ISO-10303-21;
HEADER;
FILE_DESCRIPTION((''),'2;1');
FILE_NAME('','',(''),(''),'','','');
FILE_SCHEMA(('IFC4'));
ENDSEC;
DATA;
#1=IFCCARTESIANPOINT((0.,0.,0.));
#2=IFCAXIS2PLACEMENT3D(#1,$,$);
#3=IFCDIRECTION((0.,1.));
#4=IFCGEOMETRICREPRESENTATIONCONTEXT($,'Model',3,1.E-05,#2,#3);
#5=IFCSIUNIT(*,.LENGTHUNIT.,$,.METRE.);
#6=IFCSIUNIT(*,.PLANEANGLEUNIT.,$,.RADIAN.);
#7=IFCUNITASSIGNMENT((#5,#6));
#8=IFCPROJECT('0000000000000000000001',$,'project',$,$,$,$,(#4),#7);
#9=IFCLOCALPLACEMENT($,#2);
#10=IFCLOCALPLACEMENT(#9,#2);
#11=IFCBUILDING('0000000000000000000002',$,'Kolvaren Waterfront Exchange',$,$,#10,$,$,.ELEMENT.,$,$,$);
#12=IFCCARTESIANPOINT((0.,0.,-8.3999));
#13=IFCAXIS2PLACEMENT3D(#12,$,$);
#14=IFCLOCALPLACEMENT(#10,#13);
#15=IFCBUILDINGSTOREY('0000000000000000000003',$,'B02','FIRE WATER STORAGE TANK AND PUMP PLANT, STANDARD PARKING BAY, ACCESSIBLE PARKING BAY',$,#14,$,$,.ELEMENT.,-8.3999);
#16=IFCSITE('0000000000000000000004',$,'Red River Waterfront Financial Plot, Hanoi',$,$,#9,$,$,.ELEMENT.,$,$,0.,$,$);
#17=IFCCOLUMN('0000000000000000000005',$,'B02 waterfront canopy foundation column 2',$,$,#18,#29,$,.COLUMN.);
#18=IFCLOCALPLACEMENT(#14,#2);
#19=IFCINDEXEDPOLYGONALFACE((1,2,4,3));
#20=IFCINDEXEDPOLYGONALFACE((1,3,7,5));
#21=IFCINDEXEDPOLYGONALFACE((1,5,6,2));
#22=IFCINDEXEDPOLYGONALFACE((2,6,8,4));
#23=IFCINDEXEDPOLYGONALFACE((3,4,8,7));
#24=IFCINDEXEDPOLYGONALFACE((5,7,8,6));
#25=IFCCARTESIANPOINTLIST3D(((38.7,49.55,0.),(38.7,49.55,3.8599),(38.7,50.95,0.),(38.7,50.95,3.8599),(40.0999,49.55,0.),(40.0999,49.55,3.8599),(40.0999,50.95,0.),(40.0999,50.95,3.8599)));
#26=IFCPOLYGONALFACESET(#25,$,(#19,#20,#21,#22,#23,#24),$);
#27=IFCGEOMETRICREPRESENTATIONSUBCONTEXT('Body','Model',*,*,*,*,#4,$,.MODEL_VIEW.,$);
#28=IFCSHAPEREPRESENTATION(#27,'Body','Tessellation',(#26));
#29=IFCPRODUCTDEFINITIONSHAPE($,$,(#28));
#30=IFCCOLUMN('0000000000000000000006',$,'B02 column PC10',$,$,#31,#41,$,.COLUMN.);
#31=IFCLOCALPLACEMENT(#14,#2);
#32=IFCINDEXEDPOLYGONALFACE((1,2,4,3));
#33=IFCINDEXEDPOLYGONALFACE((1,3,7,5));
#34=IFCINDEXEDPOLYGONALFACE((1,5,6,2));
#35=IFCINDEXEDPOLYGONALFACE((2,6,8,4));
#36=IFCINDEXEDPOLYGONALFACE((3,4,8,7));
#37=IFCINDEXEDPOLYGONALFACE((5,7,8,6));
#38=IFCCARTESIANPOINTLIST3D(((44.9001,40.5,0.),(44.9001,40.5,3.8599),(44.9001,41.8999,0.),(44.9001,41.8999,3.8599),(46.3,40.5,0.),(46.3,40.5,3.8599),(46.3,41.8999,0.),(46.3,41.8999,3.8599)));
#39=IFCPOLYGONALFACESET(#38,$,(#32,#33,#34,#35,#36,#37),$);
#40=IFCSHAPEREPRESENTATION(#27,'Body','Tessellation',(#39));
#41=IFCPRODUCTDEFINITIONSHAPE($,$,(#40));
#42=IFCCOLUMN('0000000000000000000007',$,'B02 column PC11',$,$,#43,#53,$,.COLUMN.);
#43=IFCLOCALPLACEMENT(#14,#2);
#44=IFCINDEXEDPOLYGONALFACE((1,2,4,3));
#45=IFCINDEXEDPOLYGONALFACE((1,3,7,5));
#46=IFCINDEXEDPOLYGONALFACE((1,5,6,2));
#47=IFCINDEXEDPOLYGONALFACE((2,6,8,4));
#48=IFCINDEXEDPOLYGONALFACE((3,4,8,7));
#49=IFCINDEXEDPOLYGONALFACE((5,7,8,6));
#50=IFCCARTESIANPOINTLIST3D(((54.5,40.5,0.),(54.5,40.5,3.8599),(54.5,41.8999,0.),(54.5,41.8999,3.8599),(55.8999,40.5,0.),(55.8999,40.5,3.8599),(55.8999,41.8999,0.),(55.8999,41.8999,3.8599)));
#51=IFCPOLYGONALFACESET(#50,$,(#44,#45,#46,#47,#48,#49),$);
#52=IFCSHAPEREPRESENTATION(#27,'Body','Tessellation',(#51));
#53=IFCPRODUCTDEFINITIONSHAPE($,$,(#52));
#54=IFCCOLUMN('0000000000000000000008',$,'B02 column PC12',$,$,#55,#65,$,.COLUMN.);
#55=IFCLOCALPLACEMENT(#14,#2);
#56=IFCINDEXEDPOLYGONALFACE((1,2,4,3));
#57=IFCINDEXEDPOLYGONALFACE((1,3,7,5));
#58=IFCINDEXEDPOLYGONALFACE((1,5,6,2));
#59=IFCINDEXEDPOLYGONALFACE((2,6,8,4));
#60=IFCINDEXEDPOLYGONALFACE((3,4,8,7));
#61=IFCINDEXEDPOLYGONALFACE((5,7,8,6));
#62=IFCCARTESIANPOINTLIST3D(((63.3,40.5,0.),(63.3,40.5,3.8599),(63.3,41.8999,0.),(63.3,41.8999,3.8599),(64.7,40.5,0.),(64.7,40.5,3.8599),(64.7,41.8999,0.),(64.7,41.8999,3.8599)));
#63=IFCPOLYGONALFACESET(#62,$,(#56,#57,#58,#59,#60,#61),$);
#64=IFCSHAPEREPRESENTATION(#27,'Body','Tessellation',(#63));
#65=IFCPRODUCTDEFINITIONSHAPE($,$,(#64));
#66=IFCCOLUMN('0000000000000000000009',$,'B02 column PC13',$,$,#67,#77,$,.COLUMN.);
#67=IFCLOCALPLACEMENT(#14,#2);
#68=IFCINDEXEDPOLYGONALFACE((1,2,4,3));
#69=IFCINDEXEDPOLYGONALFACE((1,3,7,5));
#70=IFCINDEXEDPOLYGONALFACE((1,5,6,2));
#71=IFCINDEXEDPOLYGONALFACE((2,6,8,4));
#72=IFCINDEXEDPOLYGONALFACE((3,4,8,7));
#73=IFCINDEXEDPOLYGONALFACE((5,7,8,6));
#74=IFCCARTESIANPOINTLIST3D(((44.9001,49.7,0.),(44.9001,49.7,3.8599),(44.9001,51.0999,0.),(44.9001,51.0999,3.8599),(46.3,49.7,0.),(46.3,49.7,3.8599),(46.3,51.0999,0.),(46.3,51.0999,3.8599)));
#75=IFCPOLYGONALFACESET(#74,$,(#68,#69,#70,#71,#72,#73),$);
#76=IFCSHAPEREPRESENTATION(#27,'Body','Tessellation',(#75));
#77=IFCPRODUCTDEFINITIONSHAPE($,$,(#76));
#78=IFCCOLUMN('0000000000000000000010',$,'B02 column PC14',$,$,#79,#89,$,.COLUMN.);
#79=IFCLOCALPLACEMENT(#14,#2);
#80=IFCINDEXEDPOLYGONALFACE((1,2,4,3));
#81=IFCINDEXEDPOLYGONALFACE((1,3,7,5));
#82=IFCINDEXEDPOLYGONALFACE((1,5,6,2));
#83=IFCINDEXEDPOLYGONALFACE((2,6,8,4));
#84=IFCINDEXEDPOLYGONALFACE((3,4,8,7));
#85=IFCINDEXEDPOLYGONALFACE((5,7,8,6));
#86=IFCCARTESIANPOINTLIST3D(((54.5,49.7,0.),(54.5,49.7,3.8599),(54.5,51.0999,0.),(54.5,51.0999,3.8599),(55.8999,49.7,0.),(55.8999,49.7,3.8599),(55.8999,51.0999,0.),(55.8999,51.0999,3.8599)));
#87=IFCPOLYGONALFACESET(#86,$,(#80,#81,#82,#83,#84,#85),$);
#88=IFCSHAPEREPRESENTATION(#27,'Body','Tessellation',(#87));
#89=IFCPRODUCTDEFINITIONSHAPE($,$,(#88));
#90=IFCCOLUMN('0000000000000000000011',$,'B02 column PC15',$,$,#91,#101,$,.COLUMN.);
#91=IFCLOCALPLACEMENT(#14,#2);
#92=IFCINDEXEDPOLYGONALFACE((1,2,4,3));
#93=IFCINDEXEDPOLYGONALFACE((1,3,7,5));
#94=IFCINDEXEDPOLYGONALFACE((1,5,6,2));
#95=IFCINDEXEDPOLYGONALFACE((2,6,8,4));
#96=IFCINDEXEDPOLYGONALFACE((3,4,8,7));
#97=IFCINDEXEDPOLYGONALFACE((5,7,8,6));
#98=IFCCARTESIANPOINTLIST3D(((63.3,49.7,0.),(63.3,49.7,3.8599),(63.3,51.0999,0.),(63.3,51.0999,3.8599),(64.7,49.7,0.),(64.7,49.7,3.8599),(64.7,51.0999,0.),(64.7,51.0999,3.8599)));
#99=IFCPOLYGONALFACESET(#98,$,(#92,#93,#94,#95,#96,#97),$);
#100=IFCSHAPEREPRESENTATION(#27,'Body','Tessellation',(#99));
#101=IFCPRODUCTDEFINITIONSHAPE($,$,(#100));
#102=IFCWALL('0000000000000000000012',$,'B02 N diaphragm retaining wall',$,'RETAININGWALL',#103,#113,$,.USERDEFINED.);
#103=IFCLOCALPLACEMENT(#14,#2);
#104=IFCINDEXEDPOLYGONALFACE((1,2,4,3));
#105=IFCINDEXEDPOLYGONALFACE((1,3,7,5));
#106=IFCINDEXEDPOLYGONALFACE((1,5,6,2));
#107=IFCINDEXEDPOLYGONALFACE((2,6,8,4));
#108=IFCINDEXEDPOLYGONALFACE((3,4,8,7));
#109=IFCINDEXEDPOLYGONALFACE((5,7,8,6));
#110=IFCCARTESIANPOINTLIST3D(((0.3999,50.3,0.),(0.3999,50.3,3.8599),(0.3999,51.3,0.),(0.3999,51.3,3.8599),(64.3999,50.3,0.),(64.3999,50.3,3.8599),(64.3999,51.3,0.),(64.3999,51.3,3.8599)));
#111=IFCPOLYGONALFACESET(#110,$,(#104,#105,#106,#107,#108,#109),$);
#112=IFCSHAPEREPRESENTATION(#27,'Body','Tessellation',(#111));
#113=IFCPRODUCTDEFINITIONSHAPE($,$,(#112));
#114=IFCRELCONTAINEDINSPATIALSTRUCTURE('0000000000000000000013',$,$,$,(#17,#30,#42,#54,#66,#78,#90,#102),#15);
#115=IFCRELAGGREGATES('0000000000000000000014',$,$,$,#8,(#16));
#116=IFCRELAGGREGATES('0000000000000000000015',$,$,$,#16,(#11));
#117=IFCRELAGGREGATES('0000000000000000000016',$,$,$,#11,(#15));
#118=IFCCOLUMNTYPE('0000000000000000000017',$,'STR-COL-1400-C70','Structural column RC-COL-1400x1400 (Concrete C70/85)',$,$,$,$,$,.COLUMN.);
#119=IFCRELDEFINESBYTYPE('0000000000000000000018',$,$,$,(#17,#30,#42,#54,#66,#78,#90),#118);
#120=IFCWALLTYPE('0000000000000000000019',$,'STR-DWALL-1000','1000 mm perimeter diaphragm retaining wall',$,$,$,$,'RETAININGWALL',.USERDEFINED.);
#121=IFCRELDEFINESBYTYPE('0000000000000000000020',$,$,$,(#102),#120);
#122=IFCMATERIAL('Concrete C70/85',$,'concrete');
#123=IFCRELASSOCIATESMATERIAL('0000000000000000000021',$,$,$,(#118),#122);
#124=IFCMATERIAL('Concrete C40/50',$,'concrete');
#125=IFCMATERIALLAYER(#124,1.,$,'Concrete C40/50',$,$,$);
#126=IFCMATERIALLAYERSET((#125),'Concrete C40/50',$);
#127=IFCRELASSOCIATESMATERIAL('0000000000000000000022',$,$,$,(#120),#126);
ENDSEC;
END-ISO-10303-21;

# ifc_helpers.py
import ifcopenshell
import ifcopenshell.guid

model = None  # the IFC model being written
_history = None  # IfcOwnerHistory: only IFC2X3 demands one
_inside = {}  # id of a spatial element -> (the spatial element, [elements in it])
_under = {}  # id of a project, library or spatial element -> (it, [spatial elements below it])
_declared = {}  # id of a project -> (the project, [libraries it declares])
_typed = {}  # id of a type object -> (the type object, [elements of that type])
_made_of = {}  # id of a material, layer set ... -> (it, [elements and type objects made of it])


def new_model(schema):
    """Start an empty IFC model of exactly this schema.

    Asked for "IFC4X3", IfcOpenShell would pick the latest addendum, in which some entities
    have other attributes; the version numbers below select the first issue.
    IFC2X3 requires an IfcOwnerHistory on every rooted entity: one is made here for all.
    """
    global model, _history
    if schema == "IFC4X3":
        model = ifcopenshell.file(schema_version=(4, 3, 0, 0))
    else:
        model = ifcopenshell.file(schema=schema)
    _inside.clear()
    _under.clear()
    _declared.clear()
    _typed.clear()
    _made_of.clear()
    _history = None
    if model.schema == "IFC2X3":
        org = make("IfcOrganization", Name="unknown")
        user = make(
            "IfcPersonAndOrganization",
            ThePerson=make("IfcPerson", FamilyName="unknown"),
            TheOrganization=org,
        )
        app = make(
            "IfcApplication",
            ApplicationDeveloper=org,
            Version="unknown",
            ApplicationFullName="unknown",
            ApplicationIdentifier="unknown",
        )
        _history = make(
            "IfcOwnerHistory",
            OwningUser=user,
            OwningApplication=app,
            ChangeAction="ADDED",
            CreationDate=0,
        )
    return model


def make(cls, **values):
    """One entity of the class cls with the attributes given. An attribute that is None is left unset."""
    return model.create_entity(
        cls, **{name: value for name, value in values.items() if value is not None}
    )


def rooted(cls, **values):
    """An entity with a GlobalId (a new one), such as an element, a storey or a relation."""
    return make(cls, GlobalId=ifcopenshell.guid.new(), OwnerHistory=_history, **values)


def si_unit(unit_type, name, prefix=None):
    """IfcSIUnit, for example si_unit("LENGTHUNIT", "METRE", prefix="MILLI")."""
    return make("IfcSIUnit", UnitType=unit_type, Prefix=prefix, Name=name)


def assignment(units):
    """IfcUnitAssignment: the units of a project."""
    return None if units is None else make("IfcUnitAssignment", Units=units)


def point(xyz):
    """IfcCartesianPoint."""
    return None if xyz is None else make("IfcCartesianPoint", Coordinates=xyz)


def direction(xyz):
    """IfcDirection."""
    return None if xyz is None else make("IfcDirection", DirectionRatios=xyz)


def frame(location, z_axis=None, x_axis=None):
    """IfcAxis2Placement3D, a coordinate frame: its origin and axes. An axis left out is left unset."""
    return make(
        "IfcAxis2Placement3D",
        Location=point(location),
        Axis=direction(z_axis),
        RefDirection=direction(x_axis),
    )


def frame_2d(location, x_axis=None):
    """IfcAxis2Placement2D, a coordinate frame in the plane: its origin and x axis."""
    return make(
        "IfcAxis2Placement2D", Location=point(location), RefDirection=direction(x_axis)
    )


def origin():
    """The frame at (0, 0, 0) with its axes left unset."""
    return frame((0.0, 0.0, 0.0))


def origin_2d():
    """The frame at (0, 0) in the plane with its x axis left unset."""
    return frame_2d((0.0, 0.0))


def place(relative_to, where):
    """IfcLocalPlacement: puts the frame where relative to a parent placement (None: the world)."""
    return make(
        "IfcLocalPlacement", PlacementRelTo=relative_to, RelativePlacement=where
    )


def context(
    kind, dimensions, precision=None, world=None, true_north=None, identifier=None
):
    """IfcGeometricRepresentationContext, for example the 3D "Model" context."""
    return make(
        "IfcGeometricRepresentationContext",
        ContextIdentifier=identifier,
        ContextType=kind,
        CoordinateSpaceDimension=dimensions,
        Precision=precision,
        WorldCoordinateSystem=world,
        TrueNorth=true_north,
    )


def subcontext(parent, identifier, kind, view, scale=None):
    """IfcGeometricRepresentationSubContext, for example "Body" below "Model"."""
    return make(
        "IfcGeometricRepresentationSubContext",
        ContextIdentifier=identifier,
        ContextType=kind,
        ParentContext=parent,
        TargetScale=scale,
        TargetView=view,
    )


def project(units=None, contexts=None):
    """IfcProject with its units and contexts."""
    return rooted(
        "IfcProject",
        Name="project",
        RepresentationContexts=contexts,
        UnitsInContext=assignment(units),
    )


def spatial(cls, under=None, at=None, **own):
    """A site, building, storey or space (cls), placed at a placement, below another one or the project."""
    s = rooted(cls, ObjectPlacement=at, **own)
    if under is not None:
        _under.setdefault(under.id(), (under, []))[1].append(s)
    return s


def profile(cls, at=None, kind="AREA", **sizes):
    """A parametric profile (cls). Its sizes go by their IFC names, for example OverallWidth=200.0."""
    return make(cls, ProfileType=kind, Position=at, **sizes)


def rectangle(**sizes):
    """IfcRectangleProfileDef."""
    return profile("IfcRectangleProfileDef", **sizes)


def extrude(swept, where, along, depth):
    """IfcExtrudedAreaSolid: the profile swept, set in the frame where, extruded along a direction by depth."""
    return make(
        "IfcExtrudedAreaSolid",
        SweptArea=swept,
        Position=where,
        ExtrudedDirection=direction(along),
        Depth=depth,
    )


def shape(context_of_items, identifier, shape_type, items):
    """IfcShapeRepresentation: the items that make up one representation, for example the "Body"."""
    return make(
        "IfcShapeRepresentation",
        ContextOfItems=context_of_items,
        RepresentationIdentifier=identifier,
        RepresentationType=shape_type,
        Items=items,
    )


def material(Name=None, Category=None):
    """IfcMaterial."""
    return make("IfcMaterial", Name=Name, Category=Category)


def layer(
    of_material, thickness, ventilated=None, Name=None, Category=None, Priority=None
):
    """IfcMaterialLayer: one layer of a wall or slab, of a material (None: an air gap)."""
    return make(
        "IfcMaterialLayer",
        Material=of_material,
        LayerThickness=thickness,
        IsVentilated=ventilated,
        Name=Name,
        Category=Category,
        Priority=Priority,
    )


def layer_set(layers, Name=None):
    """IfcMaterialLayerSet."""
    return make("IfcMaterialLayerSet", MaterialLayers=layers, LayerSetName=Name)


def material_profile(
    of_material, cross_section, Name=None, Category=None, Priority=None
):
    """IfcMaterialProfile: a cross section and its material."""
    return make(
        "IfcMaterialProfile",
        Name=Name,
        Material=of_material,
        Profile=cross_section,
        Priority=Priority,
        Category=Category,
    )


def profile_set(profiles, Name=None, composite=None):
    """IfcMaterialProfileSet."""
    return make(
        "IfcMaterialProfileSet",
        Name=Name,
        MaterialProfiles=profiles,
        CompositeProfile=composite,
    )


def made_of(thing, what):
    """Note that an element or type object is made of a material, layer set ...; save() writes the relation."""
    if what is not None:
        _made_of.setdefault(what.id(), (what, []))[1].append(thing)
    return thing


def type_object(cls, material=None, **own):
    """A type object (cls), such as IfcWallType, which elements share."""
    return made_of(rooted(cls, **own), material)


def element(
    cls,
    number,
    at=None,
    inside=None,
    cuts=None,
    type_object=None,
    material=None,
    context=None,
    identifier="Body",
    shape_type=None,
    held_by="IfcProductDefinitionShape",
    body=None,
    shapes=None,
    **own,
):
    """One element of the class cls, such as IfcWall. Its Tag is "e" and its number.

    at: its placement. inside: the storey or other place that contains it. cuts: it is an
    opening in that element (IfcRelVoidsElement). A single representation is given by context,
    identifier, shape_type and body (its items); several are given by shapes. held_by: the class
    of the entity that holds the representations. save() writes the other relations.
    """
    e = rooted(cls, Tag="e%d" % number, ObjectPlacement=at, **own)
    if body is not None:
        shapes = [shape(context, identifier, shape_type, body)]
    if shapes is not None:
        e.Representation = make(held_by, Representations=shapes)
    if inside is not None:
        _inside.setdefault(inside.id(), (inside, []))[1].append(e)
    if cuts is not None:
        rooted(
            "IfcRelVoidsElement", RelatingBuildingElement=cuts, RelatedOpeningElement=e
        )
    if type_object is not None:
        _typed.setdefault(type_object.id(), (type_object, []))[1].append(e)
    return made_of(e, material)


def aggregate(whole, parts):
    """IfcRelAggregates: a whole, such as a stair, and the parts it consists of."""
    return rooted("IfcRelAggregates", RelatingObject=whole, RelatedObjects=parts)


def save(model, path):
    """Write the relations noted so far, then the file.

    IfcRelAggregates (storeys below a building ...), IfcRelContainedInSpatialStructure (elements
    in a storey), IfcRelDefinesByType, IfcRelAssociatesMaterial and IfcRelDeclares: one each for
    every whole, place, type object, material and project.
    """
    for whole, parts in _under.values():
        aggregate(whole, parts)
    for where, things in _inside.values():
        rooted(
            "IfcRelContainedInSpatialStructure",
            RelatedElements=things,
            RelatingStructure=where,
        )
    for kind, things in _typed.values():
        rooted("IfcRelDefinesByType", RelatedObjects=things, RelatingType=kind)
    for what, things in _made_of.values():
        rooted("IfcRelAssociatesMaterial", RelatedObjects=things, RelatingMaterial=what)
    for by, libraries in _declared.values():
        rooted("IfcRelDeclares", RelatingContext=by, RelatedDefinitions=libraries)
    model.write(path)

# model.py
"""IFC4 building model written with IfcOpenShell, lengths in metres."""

from ifc_helpers import new_model, si_unit, direction, frame, frame_2d, origin, origin_2d, place, context, subcontext, project, spatial, rectangle, extrude, material, layer, layer_set, material_profile, profile_set, type_object, element, save


model = new_model("IFC4")

# Units and contexts
model_context = context("Model", 3, precision=1e-05, world=origin(), true_north=direction((0.0, 1.0)))
body_context = subcontext(model_context, "Body", "Model", "MODEL_VIEW")
ifc_project = project(units=[si_unit("LENGTHUNIT", "METRE"), si_unit("PLANEANGLEUNIT", "RADIAN")], contexts=[model_context])

# Site, building, storey
site_placement = place(None, origin())
site = spatial("IfcSite", under=ifc_project, at=site_placement, Name="Red River Waterfront Financial Plot, Hanoi", CompositionType="ELEMENT", RefElevation=0.0)
building_placement = place(site_placement, origin())
building = spatial("IfcBuilding", under=site, at=building_placement, Name="Kolvaren Waterfront Exchange", CompositionType="ELEMENT")
storey_placement = place(building_placement, frame((0.0, 0.0, -8.3999)))
storey = spatial("IfcBuildingStorey", under=building, at=storey_placement, Name="B02", Description="FIRE WATER STORAGE TANK AND PUMP PLANT, STANDARD PARKING BAY, ACCESSIBLE PARKING BAY", CompositionType="ELEMENT", Elevation=-8.3999)

# Columns
ifc_material_1 = material(Name="Concrete C70/85", Category="concrete")
ifc_material_profile_1 = material_profile(ifc_material_1, rectangle(XDim=1.3999, YDim=1.3999, at=origin_2d()), Name="RC-COL-1400x1400")
ifc_profile_set_1 = profile_set([ifc_material_profile_1], Name="Concrete C70/85")
column_type = type_object("IfcColumnType", Name="STR-COL-1400-C70", Description="Structural column RC-COL-1400x1400 (Concrete C70/85)", PredefinedType="COLUMN", material=ifc_profile_set_1)
for number, where, z_axis, x_axis, name in (
    (1, (39.3999, 50.25, 0.0), (0.0, 0.0, 1.0), (1.0, 0.0, 0.0), "B02 waterfront canopy foundation column 2"),
    (2, (45.6001, 41.2, 0.0), (0.0, 0.0, 1.0), (1.0, 0.0, 0.0), "B02 column PC10"),
    (3, (55.2, 41.2, 0.0), (0.0, 0.0, 1.0), (1.0, 0.0, 0.0), "B02 column PC11"),
    (4, (64.0, 41.2, 0.0), (0.0, 0.0, 1.0), (1.0, 0.0, 0.0), "B02 column PC12"),
    (5, (45.6001, 50.3999, 0.0), (0.0, 0.0, 1.0), (1.0, 0.0, 0.0), "B02 column PC13"),
    (6, (55.2, 50.3999, 0.0), (0.0, 0.0, 1.0), (1.0, 0.0, 0.0), "B02 column PC14"),
    (7, (64.0, 50.3999, 0.0), (0.0, 0.0, 1.0), (1.0, 0.0, 0.0), "B02 column PC15"),
):
    element("IfcColumn", number, at=place(storey_placement, frame(where, z_axis=z_axis, x_axis=x_axis)), inside=storey, type_object=column_type, Name=name, PredefinedType="COLUMN", context=body_context, shape_type="SweptSolid", body=[
        extrude(rectangle(XDim=1.3999, YDim=1.3999, at=origin_2d()), origin(), (0.0, 0.0, 1.0), 3.8599),
    ])

# Wall
ifc_material_2 = material(Name="Concrete C40/50", Category="concrete")
ifc_layer = layer(ifc_material_2, 1.0, Name="Concrete C40/50")
ifc_layer_set = layer_set([ifc_layer], Name="Concrete C40/50")
wall_type = type_object("IfcWallType", Name="STR-DWALL-1000", Description="1000 mm perimeter diaphragm retaining wall", ElementType="RETAININGWALL", PredefinedType="USERDEFINED", material=ifc_layer_set)
wall_placement = place(storey_placement, frame((64.3999, 50.8, 0.0), z_axis=(0.0, 0.0, 1.0), x_axis=(-1.0, 0.0, 0.0)))
element("IfcWall", 8, at=wall_placement, inside=storey, type_object=wall_type, Name="B02 N diaphragm retaining wall", ObjectType="RETAININGWALL", PredefinedType="USERDEFINED", context=body_context, shape_type="SweptSolid", body=[
    extrude(rectangle(XDim=64.0, YDim=1.0, at=frame_2d((32.0, 0.0))), origin(), (0.0, 0.0, 1.0), 3.8599),
])

save(model, "model.ifc")
